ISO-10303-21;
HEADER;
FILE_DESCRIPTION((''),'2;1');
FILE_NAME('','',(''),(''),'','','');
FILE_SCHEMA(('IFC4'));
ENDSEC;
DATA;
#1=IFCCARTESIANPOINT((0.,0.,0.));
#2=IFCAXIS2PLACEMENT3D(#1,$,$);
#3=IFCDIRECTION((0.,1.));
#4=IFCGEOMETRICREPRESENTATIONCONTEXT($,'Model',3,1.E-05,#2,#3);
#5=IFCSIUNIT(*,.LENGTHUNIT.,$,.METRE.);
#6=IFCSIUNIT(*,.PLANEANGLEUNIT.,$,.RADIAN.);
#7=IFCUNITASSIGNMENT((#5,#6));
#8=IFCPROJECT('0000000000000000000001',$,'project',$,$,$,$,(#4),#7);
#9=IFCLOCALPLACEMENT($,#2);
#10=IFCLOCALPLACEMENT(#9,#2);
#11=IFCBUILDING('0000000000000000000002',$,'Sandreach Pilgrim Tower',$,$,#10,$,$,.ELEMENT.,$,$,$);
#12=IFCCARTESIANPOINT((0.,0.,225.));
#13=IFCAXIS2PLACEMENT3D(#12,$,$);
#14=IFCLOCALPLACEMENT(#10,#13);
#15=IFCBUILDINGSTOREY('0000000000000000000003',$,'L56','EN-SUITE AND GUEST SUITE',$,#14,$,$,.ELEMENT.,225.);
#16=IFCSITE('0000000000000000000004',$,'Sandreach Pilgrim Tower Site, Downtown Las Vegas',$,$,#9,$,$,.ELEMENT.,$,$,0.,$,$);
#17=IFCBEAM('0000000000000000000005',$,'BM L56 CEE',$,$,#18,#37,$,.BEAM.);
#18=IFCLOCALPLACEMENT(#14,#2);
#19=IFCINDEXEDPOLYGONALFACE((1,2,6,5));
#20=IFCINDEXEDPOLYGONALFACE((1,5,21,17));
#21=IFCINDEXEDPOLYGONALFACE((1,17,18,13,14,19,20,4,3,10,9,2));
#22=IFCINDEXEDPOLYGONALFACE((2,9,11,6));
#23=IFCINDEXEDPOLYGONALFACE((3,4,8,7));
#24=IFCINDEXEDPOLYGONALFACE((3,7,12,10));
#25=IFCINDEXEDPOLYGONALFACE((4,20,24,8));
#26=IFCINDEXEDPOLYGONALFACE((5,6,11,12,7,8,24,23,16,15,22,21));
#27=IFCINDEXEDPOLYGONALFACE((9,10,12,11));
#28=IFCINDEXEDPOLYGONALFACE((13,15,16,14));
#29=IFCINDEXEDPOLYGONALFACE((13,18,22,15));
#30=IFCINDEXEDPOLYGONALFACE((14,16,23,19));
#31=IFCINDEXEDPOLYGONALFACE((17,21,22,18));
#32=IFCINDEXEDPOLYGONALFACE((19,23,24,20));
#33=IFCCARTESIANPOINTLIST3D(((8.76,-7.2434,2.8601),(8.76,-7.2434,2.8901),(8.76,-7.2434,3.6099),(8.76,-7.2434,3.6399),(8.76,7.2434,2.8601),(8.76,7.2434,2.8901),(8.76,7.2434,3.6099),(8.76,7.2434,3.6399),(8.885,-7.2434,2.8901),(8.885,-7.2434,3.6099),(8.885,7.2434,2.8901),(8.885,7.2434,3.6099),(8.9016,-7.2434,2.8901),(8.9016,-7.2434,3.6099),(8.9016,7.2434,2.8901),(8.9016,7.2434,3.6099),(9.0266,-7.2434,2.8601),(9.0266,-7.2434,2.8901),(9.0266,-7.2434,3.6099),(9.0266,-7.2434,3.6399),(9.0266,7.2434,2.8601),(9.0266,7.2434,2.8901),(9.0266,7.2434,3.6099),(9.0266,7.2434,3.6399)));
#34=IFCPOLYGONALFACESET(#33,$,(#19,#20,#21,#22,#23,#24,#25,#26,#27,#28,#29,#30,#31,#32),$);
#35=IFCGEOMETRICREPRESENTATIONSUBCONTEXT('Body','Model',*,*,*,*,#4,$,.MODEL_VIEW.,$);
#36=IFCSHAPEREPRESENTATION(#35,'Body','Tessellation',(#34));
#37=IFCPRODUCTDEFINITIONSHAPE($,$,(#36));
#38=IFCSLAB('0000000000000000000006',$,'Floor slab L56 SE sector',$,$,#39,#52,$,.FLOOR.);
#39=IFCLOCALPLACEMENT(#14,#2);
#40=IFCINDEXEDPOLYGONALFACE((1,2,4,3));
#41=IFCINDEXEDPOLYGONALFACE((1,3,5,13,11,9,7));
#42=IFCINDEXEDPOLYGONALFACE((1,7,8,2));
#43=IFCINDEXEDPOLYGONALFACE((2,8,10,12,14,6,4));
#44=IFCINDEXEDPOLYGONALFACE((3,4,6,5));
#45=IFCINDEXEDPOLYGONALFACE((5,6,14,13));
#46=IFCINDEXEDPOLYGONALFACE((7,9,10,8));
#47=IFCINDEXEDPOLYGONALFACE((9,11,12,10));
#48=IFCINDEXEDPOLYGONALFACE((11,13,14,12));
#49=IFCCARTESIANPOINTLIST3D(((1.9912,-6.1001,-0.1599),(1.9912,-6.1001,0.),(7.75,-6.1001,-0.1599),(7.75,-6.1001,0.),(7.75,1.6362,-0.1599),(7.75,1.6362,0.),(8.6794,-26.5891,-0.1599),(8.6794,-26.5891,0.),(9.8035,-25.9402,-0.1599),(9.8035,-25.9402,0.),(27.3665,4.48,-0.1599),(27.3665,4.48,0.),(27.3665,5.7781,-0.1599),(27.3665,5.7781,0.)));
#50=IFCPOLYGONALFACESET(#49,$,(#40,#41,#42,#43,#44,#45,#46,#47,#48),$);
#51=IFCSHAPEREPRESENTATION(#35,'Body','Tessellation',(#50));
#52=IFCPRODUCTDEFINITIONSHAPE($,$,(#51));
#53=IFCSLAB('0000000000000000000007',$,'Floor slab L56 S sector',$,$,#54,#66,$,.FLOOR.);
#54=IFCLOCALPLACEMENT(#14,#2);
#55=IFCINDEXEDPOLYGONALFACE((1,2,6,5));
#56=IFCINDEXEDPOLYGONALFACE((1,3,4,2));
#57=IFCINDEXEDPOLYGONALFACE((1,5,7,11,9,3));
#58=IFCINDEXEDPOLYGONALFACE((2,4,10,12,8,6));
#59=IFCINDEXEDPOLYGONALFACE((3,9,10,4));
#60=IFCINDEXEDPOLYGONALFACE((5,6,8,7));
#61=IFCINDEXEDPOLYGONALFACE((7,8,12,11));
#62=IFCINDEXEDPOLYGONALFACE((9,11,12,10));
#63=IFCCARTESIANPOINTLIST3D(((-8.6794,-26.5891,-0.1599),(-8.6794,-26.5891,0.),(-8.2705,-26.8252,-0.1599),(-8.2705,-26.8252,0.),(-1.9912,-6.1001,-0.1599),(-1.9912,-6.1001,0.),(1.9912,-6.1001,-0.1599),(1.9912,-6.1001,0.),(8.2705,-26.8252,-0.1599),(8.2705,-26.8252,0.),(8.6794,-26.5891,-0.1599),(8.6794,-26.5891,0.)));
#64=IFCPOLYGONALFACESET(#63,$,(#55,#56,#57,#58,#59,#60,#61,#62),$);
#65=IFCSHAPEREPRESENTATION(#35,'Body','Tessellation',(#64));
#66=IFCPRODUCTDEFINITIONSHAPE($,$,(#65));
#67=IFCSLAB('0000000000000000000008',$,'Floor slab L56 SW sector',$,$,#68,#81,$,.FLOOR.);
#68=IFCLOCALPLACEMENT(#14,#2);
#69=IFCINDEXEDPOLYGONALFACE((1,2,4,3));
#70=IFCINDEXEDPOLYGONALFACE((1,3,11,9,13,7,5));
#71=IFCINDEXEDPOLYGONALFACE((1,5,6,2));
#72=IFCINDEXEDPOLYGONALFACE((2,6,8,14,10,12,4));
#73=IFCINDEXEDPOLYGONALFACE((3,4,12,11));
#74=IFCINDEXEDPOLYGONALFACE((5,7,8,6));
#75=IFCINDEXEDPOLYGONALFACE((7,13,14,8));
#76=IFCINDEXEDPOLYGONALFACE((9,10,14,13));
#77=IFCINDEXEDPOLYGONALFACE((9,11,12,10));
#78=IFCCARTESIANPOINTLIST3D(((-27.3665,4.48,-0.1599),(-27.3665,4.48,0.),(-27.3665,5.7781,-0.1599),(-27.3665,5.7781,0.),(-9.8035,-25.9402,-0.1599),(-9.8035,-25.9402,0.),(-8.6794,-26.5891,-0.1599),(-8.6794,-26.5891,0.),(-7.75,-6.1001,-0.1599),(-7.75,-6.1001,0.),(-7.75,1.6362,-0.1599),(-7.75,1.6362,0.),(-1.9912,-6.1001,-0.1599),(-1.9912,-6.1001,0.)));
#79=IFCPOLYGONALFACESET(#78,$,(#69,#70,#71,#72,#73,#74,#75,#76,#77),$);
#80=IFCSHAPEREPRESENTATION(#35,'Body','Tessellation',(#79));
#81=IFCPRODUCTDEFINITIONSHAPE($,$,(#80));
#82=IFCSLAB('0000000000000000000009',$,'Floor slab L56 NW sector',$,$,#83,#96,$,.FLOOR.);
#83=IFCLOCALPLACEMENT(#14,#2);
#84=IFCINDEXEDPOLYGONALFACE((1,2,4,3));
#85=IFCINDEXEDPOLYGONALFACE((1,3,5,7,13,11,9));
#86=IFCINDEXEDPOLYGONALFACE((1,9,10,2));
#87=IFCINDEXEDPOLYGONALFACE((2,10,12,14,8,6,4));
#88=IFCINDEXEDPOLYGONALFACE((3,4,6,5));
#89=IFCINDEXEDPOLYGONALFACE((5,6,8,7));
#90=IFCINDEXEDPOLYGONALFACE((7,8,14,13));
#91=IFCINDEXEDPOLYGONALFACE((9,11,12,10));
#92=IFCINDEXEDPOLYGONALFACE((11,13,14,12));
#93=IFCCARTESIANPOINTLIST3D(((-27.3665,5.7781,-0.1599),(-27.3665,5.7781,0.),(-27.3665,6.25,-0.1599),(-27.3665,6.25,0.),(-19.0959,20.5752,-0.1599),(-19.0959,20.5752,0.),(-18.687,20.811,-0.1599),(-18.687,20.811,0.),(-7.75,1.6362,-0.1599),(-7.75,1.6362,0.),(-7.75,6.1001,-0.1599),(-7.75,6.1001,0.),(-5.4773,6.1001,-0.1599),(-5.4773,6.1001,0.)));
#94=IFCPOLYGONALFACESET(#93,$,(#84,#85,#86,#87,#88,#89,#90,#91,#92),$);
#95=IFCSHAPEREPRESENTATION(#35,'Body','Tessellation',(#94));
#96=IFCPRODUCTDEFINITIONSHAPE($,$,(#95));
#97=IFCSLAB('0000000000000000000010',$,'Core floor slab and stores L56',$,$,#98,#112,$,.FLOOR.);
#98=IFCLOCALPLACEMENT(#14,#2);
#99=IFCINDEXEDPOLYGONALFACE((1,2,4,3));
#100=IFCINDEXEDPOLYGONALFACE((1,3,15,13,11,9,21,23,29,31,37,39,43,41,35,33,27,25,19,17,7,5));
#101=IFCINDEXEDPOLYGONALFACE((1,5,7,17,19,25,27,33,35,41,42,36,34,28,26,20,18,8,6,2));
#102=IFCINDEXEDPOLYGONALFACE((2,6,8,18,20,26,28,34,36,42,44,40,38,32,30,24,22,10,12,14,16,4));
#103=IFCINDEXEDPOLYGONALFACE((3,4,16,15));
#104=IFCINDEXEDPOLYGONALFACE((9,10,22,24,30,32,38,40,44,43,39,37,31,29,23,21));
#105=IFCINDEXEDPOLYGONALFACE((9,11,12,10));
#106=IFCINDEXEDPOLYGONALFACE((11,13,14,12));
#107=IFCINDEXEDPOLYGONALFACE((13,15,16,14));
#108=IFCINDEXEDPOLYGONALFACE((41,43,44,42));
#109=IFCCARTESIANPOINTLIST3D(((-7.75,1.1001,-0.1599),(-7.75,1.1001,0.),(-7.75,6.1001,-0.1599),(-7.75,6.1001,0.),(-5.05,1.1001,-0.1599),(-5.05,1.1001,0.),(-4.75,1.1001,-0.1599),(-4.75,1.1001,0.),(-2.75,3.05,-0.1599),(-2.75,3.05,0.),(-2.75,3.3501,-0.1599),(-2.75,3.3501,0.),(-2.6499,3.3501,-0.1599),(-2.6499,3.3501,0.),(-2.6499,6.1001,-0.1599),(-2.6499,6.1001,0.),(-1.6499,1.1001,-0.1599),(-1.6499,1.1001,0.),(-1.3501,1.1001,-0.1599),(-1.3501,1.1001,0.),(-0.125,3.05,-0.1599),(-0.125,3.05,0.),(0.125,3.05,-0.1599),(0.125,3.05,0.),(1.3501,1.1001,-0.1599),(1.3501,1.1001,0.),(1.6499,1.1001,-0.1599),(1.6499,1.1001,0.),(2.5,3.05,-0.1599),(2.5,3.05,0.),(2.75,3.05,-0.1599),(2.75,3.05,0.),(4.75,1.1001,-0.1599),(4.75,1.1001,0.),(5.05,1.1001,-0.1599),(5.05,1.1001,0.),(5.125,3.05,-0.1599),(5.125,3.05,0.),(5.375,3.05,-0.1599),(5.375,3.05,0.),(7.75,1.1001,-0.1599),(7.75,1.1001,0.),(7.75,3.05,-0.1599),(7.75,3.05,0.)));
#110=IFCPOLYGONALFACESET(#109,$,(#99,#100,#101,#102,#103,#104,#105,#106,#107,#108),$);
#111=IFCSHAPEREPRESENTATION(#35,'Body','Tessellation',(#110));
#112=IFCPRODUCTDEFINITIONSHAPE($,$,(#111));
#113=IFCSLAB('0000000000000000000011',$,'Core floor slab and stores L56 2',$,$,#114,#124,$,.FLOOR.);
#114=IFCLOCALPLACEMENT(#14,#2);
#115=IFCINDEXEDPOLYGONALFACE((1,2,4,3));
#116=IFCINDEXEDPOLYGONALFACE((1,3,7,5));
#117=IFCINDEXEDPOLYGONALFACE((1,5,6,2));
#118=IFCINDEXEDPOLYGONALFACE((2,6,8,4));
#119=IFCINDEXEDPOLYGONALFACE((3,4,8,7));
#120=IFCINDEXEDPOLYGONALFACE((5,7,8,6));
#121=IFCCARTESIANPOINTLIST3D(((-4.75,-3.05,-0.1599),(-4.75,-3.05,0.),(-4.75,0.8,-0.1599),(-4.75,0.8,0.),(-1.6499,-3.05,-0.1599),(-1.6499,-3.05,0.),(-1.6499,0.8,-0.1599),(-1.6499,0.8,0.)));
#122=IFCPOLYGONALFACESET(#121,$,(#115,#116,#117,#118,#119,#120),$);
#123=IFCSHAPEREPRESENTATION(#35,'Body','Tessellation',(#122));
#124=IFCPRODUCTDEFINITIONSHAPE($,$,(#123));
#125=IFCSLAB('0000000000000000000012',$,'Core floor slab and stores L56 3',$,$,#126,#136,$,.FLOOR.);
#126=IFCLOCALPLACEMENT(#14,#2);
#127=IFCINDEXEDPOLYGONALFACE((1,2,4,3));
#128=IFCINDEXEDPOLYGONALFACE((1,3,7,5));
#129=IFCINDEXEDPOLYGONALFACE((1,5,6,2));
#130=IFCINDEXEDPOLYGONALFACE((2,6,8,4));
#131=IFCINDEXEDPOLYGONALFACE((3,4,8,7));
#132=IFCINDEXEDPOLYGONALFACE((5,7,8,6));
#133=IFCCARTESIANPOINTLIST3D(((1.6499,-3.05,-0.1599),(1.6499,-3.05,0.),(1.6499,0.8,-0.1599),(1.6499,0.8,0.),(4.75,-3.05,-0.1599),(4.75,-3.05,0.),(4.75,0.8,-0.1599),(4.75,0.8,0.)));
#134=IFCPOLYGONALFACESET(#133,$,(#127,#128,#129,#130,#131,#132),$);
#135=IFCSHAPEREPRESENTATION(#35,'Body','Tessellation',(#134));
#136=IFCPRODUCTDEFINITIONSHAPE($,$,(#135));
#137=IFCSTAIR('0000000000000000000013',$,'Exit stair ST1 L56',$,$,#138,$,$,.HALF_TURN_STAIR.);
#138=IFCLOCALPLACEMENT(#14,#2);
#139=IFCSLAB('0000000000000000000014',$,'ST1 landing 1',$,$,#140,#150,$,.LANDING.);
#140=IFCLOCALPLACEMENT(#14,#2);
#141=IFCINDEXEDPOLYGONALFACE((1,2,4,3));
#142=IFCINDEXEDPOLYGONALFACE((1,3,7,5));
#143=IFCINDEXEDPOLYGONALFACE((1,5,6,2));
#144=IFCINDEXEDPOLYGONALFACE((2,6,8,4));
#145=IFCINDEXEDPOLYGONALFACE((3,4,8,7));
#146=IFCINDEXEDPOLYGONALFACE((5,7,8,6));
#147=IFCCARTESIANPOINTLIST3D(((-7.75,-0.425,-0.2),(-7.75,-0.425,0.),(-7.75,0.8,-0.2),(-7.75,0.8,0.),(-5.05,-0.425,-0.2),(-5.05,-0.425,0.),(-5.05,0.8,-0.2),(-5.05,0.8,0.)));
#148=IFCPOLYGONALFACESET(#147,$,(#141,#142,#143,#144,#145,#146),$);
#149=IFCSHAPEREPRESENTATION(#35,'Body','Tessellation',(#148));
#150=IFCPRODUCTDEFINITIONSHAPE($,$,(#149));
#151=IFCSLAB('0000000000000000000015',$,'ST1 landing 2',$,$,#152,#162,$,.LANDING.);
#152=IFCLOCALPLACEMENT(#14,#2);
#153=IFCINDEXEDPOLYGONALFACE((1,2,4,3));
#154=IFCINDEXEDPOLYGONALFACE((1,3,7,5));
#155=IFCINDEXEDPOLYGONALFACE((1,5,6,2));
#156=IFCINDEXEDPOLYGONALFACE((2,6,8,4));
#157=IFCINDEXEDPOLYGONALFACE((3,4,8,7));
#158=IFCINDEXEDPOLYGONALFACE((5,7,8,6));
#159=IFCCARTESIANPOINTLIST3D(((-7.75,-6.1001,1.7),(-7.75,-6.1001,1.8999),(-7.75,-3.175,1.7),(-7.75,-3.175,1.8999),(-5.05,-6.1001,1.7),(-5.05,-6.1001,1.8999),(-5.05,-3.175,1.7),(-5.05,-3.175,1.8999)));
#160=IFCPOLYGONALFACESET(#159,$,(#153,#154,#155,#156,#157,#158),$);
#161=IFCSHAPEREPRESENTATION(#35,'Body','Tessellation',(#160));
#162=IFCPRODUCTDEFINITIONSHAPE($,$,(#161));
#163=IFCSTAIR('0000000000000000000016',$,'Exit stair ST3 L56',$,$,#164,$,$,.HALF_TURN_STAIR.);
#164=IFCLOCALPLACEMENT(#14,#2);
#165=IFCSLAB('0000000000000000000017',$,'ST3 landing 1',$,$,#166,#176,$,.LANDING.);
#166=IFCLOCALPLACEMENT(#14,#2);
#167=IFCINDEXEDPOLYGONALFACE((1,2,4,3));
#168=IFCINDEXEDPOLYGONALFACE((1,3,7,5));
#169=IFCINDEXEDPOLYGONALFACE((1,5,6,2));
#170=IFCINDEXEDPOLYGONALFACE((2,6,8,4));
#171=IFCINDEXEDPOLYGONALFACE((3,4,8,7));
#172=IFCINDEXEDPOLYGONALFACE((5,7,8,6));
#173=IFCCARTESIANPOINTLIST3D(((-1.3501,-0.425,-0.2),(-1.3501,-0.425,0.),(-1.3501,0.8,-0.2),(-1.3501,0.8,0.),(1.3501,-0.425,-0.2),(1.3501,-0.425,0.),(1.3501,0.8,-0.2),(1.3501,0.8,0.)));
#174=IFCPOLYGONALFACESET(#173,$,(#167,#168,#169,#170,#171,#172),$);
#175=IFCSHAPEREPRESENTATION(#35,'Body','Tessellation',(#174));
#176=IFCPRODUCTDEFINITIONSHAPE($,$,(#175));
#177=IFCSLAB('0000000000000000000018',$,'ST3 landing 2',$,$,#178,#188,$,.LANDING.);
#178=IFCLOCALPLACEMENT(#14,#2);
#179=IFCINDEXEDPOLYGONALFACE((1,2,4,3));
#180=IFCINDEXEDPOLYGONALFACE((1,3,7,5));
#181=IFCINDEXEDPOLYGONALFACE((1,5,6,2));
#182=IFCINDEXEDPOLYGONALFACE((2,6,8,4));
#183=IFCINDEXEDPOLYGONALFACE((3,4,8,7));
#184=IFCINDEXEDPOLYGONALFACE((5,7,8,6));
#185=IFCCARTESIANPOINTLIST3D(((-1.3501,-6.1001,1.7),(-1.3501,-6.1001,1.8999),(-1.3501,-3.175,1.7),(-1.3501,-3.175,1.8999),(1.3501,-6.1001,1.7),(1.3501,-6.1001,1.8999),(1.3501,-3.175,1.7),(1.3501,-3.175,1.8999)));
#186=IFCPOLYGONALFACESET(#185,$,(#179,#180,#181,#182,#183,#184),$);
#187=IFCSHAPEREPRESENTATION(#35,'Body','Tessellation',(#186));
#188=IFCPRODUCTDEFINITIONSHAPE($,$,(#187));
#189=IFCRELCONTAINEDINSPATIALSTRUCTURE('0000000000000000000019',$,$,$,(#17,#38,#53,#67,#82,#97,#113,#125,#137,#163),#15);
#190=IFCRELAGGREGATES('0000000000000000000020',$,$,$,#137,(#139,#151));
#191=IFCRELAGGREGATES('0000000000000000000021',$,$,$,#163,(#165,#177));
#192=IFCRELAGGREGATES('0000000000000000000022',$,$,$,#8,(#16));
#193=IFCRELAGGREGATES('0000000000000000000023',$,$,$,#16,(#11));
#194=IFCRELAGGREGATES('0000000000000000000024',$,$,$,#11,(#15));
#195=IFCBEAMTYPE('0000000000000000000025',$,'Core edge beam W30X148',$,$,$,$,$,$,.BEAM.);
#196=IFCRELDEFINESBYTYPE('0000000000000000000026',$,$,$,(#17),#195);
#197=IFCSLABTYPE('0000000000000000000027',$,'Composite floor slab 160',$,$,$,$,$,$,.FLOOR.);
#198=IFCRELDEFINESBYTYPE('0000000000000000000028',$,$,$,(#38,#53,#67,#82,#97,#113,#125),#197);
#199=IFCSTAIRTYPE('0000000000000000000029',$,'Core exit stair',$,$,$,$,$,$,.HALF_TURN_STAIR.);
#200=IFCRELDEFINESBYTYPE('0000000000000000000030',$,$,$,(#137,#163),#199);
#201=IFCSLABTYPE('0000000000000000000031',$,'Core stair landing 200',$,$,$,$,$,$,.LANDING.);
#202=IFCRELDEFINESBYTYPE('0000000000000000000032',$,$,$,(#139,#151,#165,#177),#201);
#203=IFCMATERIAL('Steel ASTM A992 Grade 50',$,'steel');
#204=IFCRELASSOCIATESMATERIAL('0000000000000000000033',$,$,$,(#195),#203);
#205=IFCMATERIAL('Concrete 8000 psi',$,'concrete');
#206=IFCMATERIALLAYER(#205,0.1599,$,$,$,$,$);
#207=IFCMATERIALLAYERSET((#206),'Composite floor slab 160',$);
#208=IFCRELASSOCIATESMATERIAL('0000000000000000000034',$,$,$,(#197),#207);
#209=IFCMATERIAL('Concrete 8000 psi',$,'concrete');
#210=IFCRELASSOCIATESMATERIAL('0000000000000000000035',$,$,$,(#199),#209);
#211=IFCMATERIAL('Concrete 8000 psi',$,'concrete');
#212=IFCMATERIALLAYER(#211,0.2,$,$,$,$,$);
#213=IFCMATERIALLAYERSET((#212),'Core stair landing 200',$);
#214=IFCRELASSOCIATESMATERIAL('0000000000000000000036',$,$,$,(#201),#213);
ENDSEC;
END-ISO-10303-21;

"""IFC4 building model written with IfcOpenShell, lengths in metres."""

from ifc_helpers import new_model, si_unit, direction, frame, origin, origin_2d, place, context, subcontext, project, spatial, polyline, i_section, outline, extrude, material, layer, layer_set, material_profile, profile_set, type_object, element, aggregate, save


model = new_model("IFC4")

# Units and contexts
model_context = context("Model", 3, precision=1e-05, world=origin(), true_north=direction((0.0, 1.0)))
body_context = subcontext(model_context, "Body", "Model", "MODEL_VIEW")
ifc_project = project(units=[si_unit("LENGTHUNIT", "METRE"), si_unit("PLANEANGLEUNIT", "RADIAN")], contexts=[model_context])

# Site, building, storey
site_placement = place(None, origin())
site = spatial("IfcSite", under=ifc_project, at=site_placement, Name="Sandreach Pilgrim Tower Site, Downtown Las Vegas", CompositionType="ELEMENT", RefElevation=0.0)
building_placement = place(site_placement, origin())
building = spatial("IfcBuilding", under=site, at=building_placement, Name="Sandreach Pilgrim Tower", CompositionType="ELEMENT")
storey_placement = place(building_placement, frame((0.0, 0.0, 225.0)))
storey = spatial("IfcBuildingStorey", under=building, at=storey_placement, Name="L56", Description="EN-SUITE AND GUEST SUITE", CompositionType="ELEMENT", Elevation=225.0)

# Beam
ifc_material_1 = material(Name="Steel ASTM A992 Grade 50", Category="steel")
ifc_material_profile = material_profile(ifc_material_1, i_section(OverallWidth=0.2666, OverallDepth=0.7798, WebThickness=0.0166, FlangeThickness=0.03, at=origin_2d()), Name="W30X148")
ifc_profile_set = profile_set([ifc_material_profile], Name="Steel ASTM A992 Grade 50")
beam_type = type_object("IfcBeamType", Name="Core edge beam W30X148", PredefinedType="BEAM", material=ifc_profile_set)
beam_placement = place(storey_placement, frame((8.8933, 7.2434, 3.25), z_axis=(0.0, -1.0, 0.0), x_axis=(1.0, 0.0, 0.0)))
element("IfcBeam", 1, at=beam_placement, inside=storey, type_object=beam_type, Name="BM L56 CEE", PredefinedType="BEAM", context=body_context, shape_type="SweptSolid", body=[
    extrude(i_section(OverallWidth=0.2666, OverallDepth=0.7798, WebThickness=0.0166, FlangeThickness=0.03, at=origin_2d()), origin(), (0.0, 0.0, 1.0), 14.4868),
])

# Slabs
ifc_material_2 = material(Name="Concrete 8000 psi", Category="concrete")
ifc_layer_1 = layer(ifc_material_2, 0.1599)
ifc_layer_set_1 = layer_set([ifc_layer_1], Name="Composite floor slab 160")
slab_type_1 = type_object("IfcSlabType", Name="Composite floor slab 160", PredefinedType="FLOOR", material=ifc_layer_set_1)
slab_1_placement = place(storey_placement, frame((0.0, 0.0, -0.1599)))
element("IfcSlab", 2, at=slab_1_placement, inside=storey, type_object=slab_type_1, Name="Floor slab L56 SE sector", PredefinedType="FLOOR", context=body_context, shape_type="SweptSolid", body=[
    extrude(outline(polyline([(27.3665, 4.48), (9.8035, -25.9402), (8.6794, -26.5891), (1.9912, -6.1001), (7.75, -6.1001), (7.75, 1.6362), (27.3665, 5.7781), (27.3665, 4.48)])), origin(), (0.0, 0.0, 1.0), 0.1599),
])
slab_2_placement = place(storey_placement, frame((0.0, 0.0, -0.1599)))
element("IfcSlab", 3, at=slab_2_placement, inside=storey, type_object=slab_type_1, Name="Floor slab L56 S sector", PredefinedType="FLOOR", context=body_context, shape_type="SweptSolid", body=[
    extrude(outline(polyline([(8.2705, -26.8252), (-8.2705, -26.8252), (-8.6794, -26.5891), (-1.9912, -6.1001), (1.9912, -6.1001), (8.6794, -26.5891), (8.2705, -26.8252)])), origin(), (0.0, 0.0, 1.0), 0.1599),
])
slab_3_placement = place(storey_placement, frame((0.0, 0.0, -0.1599)))
element("IfcSlab", 4, at=slab_3_placement, inside=storey, type_object=slab_type_1, Name="Floor slab L56 SW sector", PredefinedType="FLOOR", context=body_context, shape_type="SweptSolid", body=[
    extrude(outline(polyline([(-9.8035, -25.9402), (-27.3665, 4.48), (-27.3665, 5.7781), (-7.75, 1.6362), (-7.75, -6.1001), (-1.9912, -6.1001), (-8.6794, -26.5891), (-9.8035, -25.9402)])), origin(), (0.0, 0.0, 1.0), 0.1599),
])
slab_4_placement = place(storey_placement, frame((0.0, 0.0, -0.1599)))
element("IfcSlab", 5, at=slab_4_placement, inside=storey, type_object=slab_type_1, Name="Floor slab L56 NW sector", PredefinedType="FLOOR", context=body_context, shape_type="SweptSolid", body=[
    extrude(outline(polyline([(-27.3665, 6.25), (-19.0959, 20.5752), (-18.687, 20.811), (-5.4773, 6.1001), (-7.75, 6.1001), (-7.75, 1.6362), (-27.3665, 5.7781), (-27.3665, 6.25)])), origin(), (0.0, 0.0, 1.0), 0.1599),
])
slab_5_placement = place(storey_placement, frame((0.0, 0.0, -0.1599)))
element("IfcSlab", 6, at=slab_5_placement, inside=storey, type_object=slab_type_1, Name="Core floor slab and stores L56", PredefinedType="FLOOR", context=body_context, shape_type="SweptSolid", body=[
    extrude(outline(polyline([(-2.75, 3.3501), (-2.75, 3.05), (-0.125, 3.05), (0.125, 3.05), (2.5, 3.05), (2.75, 3.05), (5.125, 3.05), (5.375, 3.05), (7.75, 3.05), (7.75, 1.1001), (5.05, 1.1001), (4.75, 1.1001), (1.6499, 1.1001), (1.3501, 1.1001), (-1.3501, 1.1001), (-1.6499, 1.1001), (-4.75, 1.1001), (-5.05, 1.1001), (-7.75, 1.1001), (-7.75, 6.1001), (-2.6499, 6.1001), (-2.6499, 3.3501), (-2.75, 3.3501)])), origin(), (0.0, 0.0, 1.0), 0.1599),
])
slab_6_placement = place(storey_placement, frame((0.0, 0.0, -0.1599)))
element("IfcSlab", 7, at=slab_6_placement, inside=storey, type_object=slab_type_1, Name="Core floor slab and stores L56 2", PredefinedType="FLOOR", context=body_context, shape_type="SweptSolid", body=[
    extrude(outline(polyline([(-1.6499, -3.05), (-4.75, -3.05), (-4.75, 0.8), (-1.6499, 0.8), (-1.6499, -3.05)])), origin(), (0.0, 0.0, 1.0), 0.1599),
])
slab_7_placement = place(storey_placement, frame((0.0, 0.0, -0.1599)))
element("IfcSlab", 8, at=slab_7_placement, inside=storey, type_object=slab_type_1, Name="Core floor slab and stores L56 3", PredefinedType="FLOOR", context=body_context, shape_type="SweptSolid", body=[
    extrude(outline(polyline([(4.75, -3.05), (1.6499, -3.05), (1.6499, 0.8), (4.75, 0.8), (4.75, -3.05)])), origin(), (0.0, 0.0, 1.0), 0.1599),
])

# Stairs, slabs
ifc_material_3 = material(Name="Concrete 8000 psi", Category="concrete")
stair_type = type_object("IfcStairType", Name="Core exit stair", PredefinedType="HALF_TURN_STAIR", material=ifc_material_3)
stair_1_placement = place(storey_placement, origin())
stair_1 = element("IfcStair", 9, at=stair_1_placement, inside=storey, type_object=stair_type, Name="Exit stair ST1 L56", PredefinedType="HALF_TURN_STAIR")
ifc_material_4 = material(Name="Concrete 8000 psi", Category="concrete")
ifc_layer_2 = layer(ifc_material_4, 0.2)
ifc_layer_set_2 = layer_set([ifc_layer_2], Name="Core stair landing 200")
slab_type_2 = type_object("IfcSlabType", Name="Core stair landing 200", PredefinedType="LANDING", material=ifc_layer_set_2)
slab_8_placement = place(storey_placement, frame((0.0, 0.0, -0.2)))
slab_8 = element("IfcSlab", 10, at=slab_8_placement, type_object=slab_type_2, Name="ST1 landing 1", PredefinedType="LANDING", context=body_context, shape_type="SweptSolid", body=[
    extrude(outline(polyline([(-7.75, -0.425), (-5.05, -0.425), (-5.05, 0.8), (-7.75, 0.8), (-7.75, -0.425)])), origin(), (0.0, 0.0, 1.0), 0.2),
])
slab_9_placement = place(storey_placement, frame((0.0, 0.0, 1.7)))
slab_9 = element("IfcSlab", 11, at=slab_9_placement, type_object=slab_type_2, Name="ST1 landing 2", PredefinedType="LANDING", context=body_context, shape_type="SweptSolid", body=[
    extrude(outline(polyline([(-7.75, -6.1001), (-5.05, -6.1001), (-5.05, -3.175), (-7.75, -3.175), (-7.75, -6.1001)])), origin(), (0.0, 0.0, 1.0), 0.2),
])
aggregate(stair_1, [slab_8, slab_9])
stair_2_placement = place(storey_placement, origin())
stair_2 = element("IfcStair", 12, at=stair_2_placement, inside=storey, type_object=stair_type, Name="Exit stair ST3 L56", PredefinedType="HALF_TURN_STAIR")
slab_10_placement = place(storey_placement, frame((0.0, 0.0, -0.2)))
slab_10 = element("IfcSlab", 13, at=slab_10_placement, type_object=slab_type_2, Name="ST3 landing 1", PredefinedType="LANDING", context=body_context, shape_type="SweptSolid", body=[
    extrude(outline(polyline([(-1.3501, -0.425), (1.3501, -0.425), (1.3501, 0.8), (-1.3501, 0.8), (-1.3501, -0.425)])), origin(), (0.0, 0.0, 1.0), 0.2),
])
slab_11_placement = place(storey_placement, frame((0.0, 0.0, 1.7)))
slab_11 = element("IfcSlab", 14, at=slab_11_placement, type_object=slab_type_2, Name="ST3 landing 2", PredefinedType="LANDING", context=body_context, shape_type="SweptSolid", body=[
    extrude(outline(polyline([(-1.3501, -6.1001), (1.3501, -6.1001), (1.3501, -3.175), (-1.3501, -3.175), (-1.3501, -6.1001)])), origin(), (0.0, 0.0, 1.0), 0.2),
])
aggregate(stair_2, [slab_10, slab_11])

save(model, "model.ifc")
